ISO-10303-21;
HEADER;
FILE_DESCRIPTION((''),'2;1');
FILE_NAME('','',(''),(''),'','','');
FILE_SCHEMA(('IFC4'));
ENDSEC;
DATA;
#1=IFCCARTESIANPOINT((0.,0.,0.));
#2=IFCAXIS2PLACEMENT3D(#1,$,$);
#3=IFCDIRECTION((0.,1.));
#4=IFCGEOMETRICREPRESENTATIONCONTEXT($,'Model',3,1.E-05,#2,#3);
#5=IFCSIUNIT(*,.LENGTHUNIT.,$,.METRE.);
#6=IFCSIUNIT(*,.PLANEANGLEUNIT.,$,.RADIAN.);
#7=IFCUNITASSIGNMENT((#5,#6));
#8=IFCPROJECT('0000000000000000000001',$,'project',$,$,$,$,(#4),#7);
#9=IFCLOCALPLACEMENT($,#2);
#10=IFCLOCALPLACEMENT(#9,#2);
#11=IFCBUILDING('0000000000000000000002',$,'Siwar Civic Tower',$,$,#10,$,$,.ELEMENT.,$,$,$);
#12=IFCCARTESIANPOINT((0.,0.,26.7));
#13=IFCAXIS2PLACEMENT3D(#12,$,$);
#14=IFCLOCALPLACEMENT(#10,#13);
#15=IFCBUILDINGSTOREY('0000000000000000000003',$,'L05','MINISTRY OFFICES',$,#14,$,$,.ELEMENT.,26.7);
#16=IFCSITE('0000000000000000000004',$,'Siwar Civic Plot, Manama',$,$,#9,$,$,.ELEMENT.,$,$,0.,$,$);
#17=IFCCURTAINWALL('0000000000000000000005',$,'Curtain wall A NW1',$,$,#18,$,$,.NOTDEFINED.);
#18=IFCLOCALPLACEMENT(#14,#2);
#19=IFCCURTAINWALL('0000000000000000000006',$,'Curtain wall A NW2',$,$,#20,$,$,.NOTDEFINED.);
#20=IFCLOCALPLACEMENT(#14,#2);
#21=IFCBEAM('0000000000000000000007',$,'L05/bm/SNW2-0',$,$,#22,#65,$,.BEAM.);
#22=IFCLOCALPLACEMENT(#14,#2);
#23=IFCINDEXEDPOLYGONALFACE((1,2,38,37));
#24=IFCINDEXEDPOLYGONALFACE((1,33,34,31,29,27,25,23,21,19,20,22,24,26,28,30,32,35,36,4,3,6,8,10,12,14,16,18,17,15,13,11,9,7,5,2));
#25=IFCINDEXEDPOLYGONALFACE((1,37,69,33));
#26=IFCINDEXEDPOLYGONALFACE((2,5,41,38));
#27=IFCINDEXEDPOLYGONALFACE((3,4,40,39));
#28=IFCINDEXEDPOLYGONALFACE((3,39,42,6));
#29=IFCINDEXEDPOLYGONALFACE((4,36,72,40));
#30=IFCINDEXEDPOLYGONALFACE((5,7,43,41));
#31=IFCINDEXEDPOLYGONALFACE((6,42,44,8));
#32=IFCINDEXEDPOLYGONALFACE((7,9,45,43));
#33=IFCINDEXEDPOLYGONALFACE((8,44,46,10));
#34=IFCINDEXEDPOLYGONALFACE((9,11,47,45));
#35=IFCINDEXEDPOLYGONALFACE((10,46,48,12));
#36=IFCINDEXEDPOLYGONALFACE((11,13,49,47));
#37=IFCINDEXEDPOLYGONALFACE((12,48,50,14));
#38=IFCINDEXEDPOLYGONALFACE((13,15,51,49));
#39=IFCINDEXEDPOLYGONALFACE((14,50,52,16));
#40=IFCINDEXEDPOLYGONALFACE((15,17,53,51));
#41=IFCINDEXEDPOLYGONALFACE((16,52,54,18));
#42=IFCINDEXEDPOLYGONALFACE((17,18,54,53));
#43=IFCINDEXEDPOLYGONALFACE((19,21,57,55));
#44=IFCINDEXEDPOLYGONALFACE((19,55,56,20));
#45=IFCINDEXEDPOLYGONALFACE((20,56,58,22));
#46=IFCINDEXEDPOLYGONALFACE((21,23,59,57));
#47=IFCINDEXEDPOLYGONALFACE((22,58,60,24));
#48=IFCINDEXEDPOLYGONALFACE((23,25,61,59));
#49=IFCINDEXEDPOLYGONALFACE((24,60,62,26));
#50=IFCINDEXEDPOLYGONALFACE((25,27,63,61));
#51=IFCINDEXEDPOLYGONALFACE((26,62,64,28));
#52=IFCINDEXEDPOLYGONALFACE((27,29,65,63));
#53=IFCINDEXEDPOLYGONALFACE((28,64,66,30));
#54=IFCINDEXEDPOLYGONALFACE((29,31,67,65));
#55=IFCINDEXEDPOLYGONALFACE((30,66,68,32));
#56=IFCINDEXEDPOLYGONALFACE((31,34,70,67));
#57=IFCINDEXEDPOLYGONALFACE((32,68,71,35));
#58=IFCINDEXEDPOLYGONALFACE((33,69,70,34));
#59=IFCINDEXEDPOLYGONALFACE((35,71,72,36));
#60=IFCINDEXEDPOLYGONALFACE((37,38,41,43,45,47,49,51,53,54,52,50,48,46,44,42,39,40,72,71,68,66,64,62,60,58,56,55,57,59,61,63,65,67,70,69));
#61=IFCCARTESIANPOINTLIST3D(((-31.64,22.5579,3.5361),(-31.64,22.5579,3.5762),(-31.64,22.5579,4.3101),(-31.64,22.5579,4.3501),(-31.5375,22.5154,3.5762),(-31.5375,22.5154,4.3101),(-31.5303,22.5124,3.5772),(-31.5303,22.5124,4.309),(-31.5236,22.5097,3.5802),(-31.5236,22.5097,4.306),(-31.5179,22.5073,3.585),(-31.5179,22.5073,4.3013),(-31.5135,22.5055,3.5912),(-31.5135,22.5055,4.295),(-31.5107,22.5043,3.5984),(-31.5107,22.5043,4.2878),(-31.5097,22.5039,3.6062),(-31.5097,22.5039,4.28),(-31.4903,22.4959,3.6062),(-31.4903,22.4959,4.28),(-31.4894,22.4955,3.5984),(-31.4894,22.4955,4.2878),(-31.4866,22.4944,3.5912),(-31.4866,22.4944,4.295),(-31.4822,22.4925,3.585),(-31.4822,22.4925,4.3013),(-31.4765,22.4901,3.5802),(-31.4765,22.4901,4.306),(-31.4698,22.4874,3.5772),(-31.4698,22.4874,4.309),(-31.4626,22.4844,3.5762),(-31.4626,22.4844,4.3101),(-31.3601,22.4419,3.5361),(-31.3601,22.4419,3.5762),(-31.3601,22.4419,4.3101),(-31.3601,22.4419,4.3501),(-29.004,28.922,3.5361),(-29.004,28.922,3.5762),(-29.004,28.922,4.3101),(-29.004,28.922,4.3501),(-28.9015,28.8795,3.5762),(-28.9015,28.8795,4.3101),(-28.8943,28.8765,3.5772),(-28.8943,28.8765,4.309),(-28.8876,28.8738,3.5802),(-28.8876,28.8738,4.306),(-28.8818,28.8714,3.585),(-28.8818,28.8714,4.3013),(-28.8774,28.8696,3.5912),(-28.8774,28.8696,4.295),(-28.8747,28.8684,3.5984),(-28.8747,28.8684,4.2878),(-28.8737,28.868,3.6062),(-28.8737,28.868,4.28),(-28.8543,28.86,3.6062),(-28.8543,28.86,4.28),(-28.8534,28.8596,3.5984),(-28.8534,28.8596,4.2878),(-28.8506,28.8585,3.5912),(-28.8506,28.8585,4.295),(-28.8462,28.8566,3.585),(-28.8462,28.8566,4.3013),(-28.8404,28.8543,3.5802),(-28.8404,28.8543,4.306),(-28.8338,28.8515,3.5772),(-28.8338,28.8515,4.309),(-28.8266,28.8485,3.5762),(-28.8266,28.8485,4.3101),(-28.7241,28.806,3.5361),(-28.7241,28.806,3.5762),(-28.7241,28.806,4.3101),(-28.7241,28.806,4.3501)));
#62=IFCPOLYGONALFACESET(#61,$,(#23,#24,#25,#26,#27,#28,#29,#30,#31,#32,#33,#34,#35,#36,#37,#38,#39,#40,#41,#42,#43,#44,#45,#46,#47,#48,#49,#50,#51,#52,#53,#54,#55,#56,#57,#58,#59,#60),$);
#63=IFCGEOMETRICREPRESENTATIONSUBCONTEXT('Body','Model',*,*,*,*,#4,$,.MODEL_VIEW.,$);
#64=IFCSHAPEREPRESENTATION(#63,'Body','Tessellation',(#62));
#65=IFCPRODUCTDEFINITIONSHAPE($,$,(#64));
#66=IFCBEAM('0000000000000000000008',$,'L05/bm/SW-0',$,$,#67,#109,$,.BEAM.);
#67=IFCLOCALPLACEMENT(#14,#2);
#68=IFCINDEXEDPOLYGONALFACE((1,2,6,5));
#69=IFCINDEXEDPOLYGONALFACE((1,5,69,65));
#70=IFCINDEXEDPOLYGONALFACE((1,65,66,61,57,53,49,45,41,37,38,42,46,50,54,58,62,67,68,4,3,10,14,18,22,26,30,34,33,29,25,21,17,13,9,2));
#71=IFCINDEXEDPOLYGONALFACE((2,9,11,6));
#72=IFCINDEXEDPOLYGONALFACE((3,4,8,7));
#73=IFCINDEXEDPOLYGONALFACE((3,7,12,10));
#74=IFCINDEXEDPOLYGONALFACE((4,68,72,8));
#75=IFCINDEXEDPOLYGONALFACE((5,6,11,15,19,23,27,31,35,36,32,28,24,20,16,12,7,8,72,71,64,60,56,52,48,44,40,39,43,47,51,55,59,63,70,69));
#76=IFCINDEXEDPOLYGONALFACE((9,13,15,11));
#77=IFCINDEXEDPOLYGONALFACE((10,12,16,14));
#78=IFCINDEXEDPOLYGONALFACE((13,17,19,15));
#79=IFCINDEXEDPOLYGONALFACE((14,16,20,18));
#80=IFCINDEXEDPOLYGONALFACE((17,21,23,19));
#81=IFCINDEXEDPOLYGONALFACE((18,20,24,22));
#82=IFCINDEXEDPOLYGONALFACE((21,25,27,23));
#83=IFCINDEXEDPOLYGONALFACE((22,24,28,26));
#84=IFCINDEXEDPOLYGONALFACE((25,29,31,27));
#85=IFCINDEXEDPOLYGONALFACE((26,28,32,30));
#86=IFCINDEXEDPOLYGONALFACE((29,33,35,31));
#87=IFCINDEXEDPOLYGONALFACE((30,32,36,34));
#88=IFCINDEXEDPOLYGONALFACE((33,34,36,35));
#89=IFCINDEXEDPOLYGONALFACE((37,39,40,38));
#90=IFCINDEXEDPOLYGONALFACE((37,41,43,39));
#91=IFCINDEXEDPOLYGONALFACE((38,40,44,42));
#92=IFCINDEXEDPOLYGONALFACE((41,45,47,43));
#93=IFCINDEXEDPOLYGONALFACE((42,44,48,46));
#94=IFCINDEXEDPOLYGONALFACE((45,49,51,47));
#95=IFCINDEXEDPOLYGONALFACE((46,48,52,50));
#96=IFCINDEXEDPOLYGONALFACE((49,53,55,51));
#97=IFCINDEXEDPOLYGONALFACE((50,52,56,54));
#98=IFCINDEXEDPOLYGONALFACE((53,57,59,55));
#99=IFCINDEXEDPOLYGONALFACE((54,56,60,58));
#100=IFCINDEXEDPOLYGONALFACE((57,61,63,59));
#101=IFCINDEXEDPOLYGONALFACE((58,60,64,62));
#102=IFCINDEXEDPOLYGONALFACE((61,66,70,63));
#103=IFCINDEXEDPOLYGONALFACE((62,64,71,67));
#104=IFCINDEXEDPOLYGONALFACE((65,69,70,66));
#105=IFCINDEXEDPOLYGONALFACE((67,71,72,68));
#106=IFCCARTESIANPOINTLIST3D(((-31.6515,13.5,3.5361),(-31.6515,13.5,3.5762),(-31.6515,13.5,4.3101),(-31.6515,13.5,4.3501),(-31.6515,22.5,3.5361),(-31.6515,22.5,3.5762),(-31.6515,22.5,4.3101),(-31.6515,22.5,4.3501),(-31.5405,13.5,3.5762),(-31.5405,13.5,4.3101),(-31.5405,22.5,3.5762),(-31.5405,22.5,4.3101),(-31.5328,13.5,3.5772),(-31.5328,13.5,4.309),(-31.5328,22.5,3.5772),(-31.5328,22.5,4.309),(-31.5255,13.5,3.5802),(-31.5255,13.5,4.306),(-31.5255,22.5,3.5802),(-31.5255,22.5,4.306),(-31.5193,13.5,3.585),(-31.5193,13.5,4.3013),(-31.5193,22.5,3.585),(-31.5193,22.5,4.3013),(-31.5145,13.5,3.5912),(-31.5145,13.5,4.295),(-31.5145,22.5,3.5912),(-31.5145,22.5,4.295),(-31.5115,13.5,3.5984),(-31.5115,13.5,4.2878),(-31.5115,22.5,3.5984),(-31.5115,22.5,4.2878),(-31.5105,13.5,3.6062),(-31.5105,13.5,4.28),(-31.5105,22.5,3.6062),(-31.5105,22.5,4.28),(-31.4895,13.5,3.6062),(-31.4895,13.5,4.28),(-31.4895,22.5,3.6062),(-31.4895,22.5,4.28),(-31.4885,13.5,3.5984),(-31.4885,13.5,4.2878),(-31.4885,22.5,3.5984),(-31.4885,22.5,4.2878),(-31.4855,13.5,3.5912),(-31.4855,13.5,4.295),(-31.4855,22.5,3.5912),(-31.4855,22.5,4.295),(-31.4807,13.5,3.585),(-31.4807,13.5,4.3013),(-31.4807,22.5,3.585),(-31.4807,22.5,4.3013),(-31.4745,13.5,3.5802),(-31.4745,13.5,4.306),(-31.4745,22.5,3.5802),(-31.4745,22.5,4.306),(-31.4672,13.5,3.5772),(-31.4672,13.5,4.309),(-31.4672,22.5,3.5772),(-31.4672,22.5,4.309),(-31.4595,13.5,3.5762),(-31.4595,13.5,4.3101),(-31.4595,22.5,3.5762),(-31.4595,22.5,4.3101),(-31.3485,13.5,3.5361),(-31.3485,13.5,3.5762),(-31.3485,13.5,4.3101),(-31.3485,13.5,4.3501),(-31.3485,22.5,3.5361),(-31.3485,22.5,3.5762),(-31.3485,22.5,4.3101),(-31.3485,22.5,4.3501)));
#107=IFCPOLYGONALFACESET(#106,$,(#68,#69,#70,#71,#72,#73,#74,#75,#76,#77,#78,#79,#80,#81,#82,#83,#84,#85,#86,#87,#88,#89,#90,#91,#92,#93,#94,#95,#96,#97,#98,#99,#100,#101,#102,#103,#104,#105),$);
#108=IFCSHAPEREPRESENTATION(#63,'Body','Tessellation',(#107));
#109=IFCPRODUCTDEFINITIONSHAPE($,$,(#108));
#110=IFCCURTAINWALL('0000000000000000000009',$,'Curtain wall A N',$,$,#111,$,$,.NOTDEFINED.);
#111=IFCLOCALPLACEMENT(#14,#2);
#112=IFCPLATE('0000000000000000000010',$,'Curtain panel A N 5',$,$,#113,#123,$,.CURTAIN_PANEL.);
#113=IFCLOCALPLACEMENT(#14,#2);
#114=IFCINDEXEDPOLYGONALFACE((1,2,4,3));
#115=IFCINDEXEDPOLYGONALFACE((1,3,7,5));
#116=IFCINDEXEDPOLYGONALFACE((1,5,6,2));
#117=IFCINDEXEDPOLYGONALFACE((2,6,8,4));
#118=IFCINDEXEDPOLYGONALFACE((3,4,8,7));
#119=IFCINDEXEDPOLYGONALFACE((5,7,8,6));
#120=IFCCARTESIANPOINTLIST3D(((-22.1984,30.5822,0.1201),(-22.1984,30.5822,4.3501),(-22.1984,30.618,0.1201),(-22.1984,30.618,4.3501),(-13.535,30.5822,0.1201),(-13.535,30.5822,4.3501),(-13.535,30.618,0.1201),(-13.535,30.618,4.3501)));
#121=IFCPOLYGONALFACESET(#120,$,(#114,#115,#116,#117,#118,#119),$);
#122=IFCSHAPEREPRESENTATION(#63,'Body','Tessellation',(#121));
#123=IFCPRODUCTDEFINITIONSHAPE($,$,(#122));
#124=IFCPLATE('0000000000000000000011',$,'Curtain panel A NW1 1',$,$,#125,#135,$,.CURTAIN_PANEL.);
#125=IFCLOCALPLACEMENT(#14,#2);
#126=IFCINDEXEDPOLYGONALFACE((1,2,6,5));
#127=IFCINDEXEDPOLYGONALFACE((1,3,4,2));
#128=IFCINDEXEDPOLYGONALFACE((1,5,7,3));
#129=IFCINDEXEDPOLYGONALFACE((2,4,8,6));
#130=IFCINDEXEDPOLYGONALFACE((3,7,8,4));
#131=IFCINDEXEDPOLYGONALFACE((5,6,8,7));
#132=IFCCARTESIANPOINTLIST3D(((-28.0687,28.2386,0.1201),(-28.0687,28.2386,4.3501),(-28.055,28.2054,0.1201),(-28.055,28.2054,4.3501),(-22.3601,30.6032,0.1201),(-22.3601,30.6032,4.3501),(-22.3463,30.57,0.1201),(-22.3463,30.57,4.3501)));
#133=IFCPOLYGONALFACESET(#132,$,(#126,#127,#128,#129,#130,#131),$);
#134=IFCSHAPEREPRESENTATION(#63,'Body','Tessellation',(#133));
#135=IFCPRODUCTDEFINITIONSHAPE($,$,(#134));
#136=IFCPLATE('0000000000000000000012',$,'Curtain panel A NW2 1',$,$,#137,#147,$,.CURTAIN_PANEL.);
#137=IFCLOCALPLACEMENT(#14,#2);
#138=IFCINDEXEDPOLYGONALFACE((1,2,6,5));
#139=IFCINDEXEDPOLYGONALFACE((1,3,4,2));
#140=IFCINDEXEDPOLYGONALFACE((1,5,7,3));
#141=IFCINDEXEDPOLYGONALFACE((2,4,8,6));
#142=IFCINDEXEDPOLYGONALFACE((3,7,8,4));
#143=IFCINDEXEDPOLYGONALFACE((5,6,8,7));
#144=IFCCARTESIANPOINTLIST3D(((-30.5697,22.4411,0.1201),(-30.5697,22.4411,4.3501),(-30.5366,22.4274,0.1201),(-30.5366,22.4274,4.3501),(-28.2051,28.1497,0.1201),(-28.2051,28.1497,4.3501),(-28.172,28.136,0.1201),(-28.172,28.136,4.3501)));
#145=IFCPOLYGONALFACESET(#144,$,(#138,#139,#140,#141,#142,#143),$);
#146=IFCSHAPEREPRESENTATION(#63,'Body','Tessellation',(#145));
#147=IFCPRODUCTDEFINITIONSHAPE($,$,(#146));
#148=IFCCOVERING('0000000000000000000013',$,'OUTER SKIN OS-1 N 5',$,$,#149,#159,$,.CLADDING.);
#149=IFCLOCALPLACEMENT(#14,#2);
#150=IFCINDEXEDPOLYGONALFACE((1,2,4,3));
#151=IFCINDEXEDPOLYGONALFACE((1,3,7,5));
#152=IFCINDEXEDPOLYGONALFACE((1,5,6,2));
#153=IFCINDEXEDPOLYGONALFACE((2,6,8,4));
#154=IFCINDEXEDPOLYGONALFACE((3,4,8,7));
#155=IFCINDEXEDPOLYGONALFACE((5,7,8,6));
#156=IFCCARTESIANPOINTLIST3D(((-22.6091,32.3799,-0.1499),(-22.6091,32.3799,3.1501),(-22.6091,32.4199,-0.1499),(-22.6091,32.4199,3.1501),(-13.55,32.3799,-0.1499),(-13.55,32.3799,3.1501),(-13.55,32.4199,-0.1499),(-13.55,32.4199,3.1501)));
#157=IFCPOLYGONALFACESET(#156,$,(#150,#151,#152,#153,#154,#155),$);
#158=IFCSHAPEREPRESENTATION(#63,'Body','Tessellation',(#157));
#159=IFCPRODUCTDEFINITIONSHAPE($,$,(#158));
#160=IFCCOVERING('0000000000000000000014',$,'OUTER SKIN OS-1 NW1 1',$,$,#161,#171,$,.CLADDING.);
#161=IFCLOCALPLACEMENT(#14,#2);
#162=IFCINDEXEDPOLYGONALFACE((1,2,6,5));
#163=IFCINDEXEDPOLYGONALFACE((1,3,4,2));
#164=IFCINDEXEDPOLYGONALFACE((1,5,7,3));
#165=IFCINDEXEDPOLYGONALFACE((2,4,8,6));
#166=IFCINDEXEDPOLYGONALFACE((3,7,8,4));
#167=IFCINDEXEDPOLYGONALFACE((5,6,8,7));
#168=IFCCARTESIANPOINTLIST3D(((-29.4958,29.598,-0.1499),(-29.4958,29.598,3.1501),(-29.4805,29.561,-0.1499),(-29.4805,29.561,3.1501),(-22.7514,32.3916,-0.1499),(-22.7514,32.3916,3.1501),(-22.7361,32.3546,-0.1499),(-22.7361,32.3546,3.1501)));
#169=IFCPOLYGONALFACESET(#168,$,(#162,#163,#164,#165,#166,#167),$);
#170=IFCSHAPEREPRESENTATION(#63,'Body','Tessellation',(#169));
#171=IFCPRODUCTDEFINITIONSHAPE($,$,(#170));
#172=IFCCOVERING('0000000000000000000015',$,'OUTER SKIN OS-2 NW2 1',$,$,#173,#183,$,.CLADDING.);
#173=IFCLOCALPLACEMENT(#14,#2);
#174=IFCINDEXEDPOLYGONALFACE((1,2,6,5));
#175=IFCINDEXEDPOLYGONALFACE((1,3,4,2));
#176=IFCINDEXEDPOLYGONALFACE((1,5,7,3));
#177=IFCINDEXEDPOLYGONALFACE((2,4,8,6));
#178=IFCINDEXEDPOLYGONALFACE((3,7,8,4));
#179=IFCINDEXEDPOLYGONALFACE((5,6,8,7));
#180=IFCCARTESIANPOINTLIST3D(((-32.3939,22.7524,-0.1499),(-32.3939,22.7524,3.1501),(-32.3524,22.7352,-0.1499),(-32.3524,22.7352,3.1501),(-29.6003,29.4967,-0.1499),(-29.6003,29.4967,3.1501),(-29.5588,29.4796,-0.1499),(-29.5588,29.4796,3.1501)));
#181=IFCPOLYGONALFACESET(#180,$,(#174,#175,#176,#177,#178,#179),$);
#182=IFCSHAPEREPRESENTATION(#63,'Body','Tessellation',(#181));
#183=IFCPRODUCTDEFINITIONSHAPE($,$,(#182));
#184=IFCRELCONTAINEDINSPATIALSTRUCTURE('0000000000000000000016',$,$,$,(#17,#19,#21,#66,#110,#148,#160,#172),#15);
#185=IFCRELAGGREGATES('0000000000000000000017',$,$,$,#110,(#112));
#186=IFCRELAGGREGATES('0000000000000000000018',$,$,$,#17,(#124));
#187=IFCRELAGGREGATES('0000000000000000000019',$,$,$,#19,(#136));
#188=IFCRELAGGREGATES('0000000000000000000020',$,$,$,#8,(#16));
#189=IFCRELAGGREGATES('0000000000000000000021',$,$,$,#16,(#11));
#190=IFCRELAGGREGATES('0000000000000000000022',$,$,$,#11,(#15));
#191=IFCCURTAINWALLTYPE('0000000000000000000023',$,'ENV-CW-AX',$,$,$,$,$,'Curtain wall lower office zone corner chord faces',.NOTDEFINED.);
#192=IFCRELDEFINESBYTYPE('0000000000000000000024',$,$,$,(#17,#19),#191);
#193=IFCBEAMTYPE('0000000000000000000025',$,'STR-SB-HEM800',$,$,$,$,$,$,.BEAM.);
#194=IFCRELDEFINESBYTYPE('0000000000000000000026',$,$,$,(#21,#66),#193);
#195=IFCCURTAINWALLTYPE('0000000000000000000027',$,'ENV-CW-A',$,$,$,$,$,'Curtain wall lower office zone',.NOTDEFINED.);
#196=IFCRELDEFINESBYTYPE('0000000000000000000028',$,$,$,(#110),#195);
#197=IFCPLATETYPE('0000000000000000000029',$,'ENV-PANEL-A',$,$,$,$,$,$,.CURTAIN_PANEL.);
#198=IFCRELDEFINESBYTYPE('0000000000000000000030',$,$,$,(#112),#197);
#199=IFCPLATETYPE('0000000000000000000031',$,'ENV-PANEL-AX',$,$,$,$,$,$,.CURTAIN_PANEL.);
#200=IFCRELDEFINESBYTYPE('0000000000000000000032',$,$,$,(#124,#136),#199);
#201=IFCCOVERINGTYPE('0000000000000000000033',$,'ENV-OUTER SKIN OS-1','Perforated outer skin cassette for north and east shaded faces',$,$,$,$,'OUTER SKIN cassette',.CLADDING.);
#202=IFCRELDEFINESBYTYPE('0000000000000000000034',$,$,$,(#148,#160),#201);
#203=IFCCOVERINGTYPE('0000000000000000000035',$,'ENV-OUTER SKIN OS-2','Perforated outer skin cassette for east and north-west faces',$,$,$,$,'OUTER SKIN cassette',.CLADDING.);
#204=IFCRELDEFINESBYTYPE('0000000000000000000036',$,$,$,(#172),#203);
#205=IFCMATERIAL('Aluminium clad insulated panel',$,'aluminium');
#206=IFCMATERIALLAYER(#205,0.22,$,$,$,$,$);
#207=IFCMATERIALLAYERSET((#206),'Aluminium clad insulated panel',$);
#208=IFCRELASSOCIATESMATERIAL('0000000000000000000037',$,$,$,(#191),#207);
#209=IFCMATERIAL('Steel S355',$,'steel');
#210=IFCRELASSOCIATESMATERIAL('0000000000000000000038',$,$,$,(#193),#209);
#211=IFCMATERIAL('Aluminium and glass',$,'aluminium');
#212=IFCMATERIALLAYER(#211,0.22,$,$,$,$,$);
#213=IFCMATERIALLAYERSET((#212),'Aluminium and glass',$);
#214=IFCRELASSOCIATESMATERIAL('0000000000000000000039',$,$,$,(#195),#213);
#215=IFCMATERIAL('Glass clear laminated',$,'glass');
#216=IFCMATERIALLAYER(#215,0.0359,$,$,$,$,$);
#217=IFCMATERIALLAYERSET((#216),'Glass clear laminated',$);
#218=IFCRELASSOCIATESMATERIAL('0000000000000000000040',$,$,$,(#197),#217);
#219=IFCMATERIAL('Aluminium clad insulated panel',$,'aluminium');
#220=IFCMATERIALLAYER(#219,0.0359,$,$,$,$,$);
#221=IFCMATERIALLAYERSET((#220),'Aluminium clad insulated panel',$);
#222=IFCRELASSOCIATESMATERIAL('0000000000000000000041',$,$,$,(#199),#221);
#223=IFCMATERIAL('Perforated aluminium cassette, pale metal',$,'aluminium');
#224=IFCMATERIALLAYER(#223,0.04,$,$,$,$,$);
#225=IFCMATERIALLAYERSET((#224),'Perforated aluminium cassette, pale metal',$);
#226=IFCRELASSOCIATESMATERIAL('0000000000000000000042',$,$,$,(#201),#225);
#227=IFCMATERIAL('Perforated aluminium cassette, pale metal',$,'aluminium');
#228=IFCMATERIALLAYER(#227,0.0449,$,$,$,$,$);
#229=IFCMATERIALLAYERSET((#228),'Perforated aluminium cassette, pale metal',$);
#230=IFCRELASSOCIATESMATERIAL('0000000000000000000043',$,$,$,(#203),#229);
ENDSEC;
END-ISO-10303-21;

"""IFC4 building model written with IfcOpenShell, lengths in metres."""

from ifc_helpers import new_model, si_unit, direction, frame, origin, origin_2d, place, context, subcontext, project, spatial, rectangle, i_section, extrude, material, layer, layer_set, material_profile, profile_set, type_object, element, aggregate, save


model = new_model("IFC4")

# Units and contexts
model_context = context("Model", 3, precision=1e-05, world=origin(), true_north=direction((0.0, 1.0)))
body_context = subcontext(model_context, "Body", "Model", "MODEL_VIEW")
ifc_project = project(units=[si_unit("LENGTHUNIT", "METRE"), si_unit("PLANEANGLEUNIT", "RADIAN")], contexts=[model_context])

# Site, building, storey
site_placement = place(None, origin())
site = spatial("IfcSite", under=ifc_project, at=site_placement, Name="Siwar Civic Plot, Manama", CompositionType="ELEMENT", RefElevation=0.0)
building_placement = place(site_placement, origin())
building = spatial("IfcBuilding", under=site, at=building_placement, Name="Siwar Civic Tower", CompositionType="ELEMENT")
storey_placement = place(building_placement, frame((0.0, 0.0, 26.7)))
storey = spatial("IfcBuildingStorey", under=building, at=storey_placement, Name="L05", Description="MINISTRY OFFICES", CompositionType="ELEMENT", Elevation=26.7)

# Curtain walls
ifc_material_1 = material(Name="Aluminium clad insulated panel", Category="aluminium")
ifc_layer_1 = layer(ifc_material_1, 0.22)
ifc_layer_set_1 = layer_set([ifc_layer_1], Name="Aluminium clad insulated panel")
curtain_wall_type_1 = type_object("IfcCurtainWallType", Name="ENV-CW-AX", ElementType="Curtain wall lower office zone corner chord faces", PredefinedType="NOTDEFINED", material=ifc_layer_set_1)
curtain_wall_1_placement = place(storey_placement, origin())
curtain_wall_1 = element("IfcCurtainWall", 1, at=curtain_wall_1_placement, inside=storey, type_object=curtain_wall_type_1, Name="Curtain wall A NW1", PredefinedType="NOTDEFINED")
curtain_wall_2_placement = place(storey_placement, origin())
curtain_wall_2 = element("IfcCurtainWall", 2, at=curtain_wall_2_placement, inside=storey, type_object=curtain_wall_type_1, Name="Curtain wall A NW2", PredefinedType="NOTDEFINED")

# Beams
ifc_material_2 = material(Name="Steel S355", Category="steel")
ifc_material_profile_1 = material_profile(ifc_material_2, i_section(OverallWidth=0.303, OverallDepth=0.814, WebThickness=0.021, FlangeThickness=0.04, FilletRadius=0.03, at=origin_2d()), Name="HEM800")
ifc_profile_set_1 = profile_set([ifc_material_profile_1], Name="Steel S355")
beam_type_1 = type_object("IfcBeamType", Name="STR-SB-HEM800", PredefinedType="BEAM", material=ifc_profile_set_1)
for number, where, z_axis, x_axis, name in (
    (3, (-28.864, 28.864, 3.9431), (-0.382674, -0.923883, 0.0), (0.923883, -0.382674, 0.0), "L05/bm/SNW2-0"),
):
    element("IfcBeam", number, at=place(storey_placement, frame(where, z_axis=z_axis, x_axis=x_axis)), inside=storey, type_object=beam_type_1, Name=name, PredefinedType="BEAM", context=body_context, shape_type="SweptSolid", body=[
        extrude(i_section(OverallWidth=0.303, OverallDepth=0.814, WebThickness=0.021, FlangeThickness=0.04, FilletRadius=0.03, at=origin_2d()), origin(), (0.0, 0.0, 1.0), 6.8884),
    ])
beam_1_placement = place(storey_placement, frame((-31.5, 22.5, 3.9431), z_axis=(0.0, -1.0, 0.0), x_axis=(1.0, 0.0, 0.0)))
element("IfcBeam", 4, at=beam_1_placement, inside=storey, type_object=beam_type_1, Name="L05/bm/SW-0", PredefinedType="BEAM", context=body_context, shape_type="SweptSolid", body=[
    extrude(i_section(OverallWidth=0.303, OverallDepth=0.814, WebThickness=0.021, FlangeThickness=0.04, FilletRadius=0.03, at=origin_2d()), origin(), (0.0, 0.0, 1.0), 9.0),
])

# Curtain wall, plate
ifc_material_3 = material(Name="Aluminium and glass", Category="aluminium")
ifc_layer_2 = layer(ifc_material_3, 0.22)
ifc_layer_set_2 = layer_set([ifc_layer_2], Name="Aluminium and glass")
curtain_wall_type_2 = type_object("IfcCurtainWallType", Name="ENV-CW-A", ElementType="Curtain wall lower office zone", PredefinedType="NOTDEFINED", material=ifc_layer_set_2)
curtain_wall_3_placement = place(storey_placement, origin())
curtain_wall_3 = element("IfcCurtainWall", 5, at=curtain_wall_3_placement, inside=storey, type_object=curtain_wall_type_2, Name="Curtain wall A N", PredefinedType="NOTDEFINED")
ifc_material_4 = material(Name="Glass clear laminated", Category="glass")
ifc_layer_3 = layer(ifc_material_4, 0.0359)
ifc_layer_set_3 = layer_set([ifc_layer_3], Name="Glass clear laminated")
plate_type_1 = type_object("IfcPlateType", Name="ENV-PANEL-A", PredefinedType="CURTAIN_PANEL", material=ifc_layer_set_3)
plate_1_placement = place(storey_placement, frame((-17.8667, 30.6001, 0.1201), z_axis=(0.0, 0.0, 1.0), x_axis=(-1.0, 0.0, 0.0)))
plate_1 = element("IfcPlate", 6, at=plate_1_placement, type_object=plate_type_1, Name="Curtain panel A N 5", PredefinedType="CURTAIN_PANEL", context=body_context, shape_type="SweptSolid", body=[
    extrude(rectangle(XDim=8.6633, YDim=0.0359, at=origin_2d()), origin(), (0.0, 0.0, 1.0), 4.23),
])
aggregate(curtain_wall_3, [plate_1])

# Plates
ifc_material_5 = material(Name="Aluminium clad insulated panel", Category="aluminium")
ifc_layer_4 = layer(ifc_material_5, 0.0359)
ifc_layer_set_4 = layer_set([ifc_layer_4], Name="Aluminium clad insulated panel")
plate_type_2 = type_object("IfcPlateType", Name="ENV-PANEL-AX", PredefinedType="CURTAIN_PANEL", material=ifc_layer_set_4)
plate_2_placement = place(storey_placement, frame((-25.2075, 29.4043, 0.1201), z_axis=(0.0, 0.0, 1.0), x_axis=(-0.92388, -0.382683, 0.0)))
plate_2 = element("IfcPlate", 7, at=plate_2_placement, type_object=plate_type_2, Name="Curtain panel A NW1 1", PredefinedType="CURTAIN_PANEL", context=body_context, shape_type="SweptSolid", body=[
    extrude(rectangle(XDim=6.179, YDim=0.0359, at=origin_2d()), origin(), (0.0, 0.0, 1.0), 4.23),
])
aggregate(curtain_wall_1, [plate_2])
plate_3_placement = place(storey_placement, frame((-29.3708, 25.2886, 0.1201), z_axis=(0.0, 0.0, 1.0), x_axis=(-0.382683, -0.92388, 0.0)))
plate_3 = element("IfcPlate", 8, at=plate_3_placement, type_object=plate_type_2, Name="Curtain panel A NW2 1", PredefinedType="CURTAIN_PANEL", context=body_context, shape_type="SweptSolid", body=[
    extrude(rectangle(XDim=6.179, YDim=0.0359, at=origin_2d()), origin(), (0.0, 0.0, 1.0), 4.23),
])
aggregate(curtain_wall_2, [plate_3])

# Coverings
ifc_material_6 = material(Name="Perforated aluminium cassette, pale metal", Category="aluminium")
ifc_layer_5 = layer(ifc_material_6, 0.04)
ifc_layer_set_5 = layer_set([ifc_layer_5], Name="Perforated aluminium cassette, pale metal")
covering_type_1 = type_object("IfcCoveringType", Name="ENV-OUTER SKIN OS-1", Description="Perforated outer skin cassette for north and east shaded faces", ElementType="OUTER SKIN cassette", PredefinedType="CLADDING", material=ifc_layer_set_5)
covering_1_placement = place(storey_placement, frame((-18.0796, 32.3999, -0.1499), z_axis=(0.0, 0.0, 1.0), x_axis=(-1.0, 0.0, 0.0)))
element("IfcCovering", 9, at=covering_1_placement, inside=storey, type_object=covering_type_1, Name="OUTER SKIN OS-1 N 5", PredefinedType="CLADDING", context=body_context, shape_type="SweptSolid", body=[
    extrude(rectangle(XDim=9.0591, YDim=0.04, at=origin_2d()), origin(), (0.0, 0.0, 1.0), 3.3),
])
covering_2_placement = place(storey_placement, frame((-26.116, 30.9763, -0.1499), z_axis=(0.0, 0.0, 1.0), x_axis=(-0.92388, -0.382683, 0.0)))
element("IfcCovering", 10, at=covering_2_placement, inside=storey, type_object=covering_type_1, Name="OUTER SKIN OS-1 NW1 1", PredefinedType="CLADDING", context=body_context, shape_type="SweptSolid", body=[
    extrude(rectangle(XDim=7.3, YDim=0.04, at=origin_2d()), origin(), (0.0, 0.0, 1.0), 3.3),
])
ifc_material_7 = material(Name="Perforated aluminium cassette, pale metal", Category="aluminium")
ifc_layer_6 = layer(ifc_material_7, 0.0449)
ifc_layer_set_6 = layer_set([ifc_layer_6], Name="Perforated aluminium cassette, pale metal")
covering_type_2 = type_object("IfcCoveringType", Name="ENV-OUTER SKIN OS-2", Description="Perforated outer skin cassette for east and north-west faces", ElementType="OUTER SKIN cassette", PredefinedType="CLADDING", material=ifc_layer_set_6)
covering_3_placement = place(storey_placement, frame((-30.9763, 26.116, -0.1499), z_axis=(0.0, 0.0, 1.0), x_axis=(-0.382683, -0.92388, 0.0)))
element("IfcCovering", 11, at=covering_3_placement, inside=storey, type_object=covering_type_2, Name="OUTER SKIN OS-2 NW2 1", PredefinedType="CLADDING", context=body_context, shape_type="SweptSolid", body=[
    extrude(rectangle(XDim=7.3, YDim=0.0449, at=origin_2d()), origin(), (0.0, 0.0, 1.0), 3.3),
])

save(model, "model.ifc")
